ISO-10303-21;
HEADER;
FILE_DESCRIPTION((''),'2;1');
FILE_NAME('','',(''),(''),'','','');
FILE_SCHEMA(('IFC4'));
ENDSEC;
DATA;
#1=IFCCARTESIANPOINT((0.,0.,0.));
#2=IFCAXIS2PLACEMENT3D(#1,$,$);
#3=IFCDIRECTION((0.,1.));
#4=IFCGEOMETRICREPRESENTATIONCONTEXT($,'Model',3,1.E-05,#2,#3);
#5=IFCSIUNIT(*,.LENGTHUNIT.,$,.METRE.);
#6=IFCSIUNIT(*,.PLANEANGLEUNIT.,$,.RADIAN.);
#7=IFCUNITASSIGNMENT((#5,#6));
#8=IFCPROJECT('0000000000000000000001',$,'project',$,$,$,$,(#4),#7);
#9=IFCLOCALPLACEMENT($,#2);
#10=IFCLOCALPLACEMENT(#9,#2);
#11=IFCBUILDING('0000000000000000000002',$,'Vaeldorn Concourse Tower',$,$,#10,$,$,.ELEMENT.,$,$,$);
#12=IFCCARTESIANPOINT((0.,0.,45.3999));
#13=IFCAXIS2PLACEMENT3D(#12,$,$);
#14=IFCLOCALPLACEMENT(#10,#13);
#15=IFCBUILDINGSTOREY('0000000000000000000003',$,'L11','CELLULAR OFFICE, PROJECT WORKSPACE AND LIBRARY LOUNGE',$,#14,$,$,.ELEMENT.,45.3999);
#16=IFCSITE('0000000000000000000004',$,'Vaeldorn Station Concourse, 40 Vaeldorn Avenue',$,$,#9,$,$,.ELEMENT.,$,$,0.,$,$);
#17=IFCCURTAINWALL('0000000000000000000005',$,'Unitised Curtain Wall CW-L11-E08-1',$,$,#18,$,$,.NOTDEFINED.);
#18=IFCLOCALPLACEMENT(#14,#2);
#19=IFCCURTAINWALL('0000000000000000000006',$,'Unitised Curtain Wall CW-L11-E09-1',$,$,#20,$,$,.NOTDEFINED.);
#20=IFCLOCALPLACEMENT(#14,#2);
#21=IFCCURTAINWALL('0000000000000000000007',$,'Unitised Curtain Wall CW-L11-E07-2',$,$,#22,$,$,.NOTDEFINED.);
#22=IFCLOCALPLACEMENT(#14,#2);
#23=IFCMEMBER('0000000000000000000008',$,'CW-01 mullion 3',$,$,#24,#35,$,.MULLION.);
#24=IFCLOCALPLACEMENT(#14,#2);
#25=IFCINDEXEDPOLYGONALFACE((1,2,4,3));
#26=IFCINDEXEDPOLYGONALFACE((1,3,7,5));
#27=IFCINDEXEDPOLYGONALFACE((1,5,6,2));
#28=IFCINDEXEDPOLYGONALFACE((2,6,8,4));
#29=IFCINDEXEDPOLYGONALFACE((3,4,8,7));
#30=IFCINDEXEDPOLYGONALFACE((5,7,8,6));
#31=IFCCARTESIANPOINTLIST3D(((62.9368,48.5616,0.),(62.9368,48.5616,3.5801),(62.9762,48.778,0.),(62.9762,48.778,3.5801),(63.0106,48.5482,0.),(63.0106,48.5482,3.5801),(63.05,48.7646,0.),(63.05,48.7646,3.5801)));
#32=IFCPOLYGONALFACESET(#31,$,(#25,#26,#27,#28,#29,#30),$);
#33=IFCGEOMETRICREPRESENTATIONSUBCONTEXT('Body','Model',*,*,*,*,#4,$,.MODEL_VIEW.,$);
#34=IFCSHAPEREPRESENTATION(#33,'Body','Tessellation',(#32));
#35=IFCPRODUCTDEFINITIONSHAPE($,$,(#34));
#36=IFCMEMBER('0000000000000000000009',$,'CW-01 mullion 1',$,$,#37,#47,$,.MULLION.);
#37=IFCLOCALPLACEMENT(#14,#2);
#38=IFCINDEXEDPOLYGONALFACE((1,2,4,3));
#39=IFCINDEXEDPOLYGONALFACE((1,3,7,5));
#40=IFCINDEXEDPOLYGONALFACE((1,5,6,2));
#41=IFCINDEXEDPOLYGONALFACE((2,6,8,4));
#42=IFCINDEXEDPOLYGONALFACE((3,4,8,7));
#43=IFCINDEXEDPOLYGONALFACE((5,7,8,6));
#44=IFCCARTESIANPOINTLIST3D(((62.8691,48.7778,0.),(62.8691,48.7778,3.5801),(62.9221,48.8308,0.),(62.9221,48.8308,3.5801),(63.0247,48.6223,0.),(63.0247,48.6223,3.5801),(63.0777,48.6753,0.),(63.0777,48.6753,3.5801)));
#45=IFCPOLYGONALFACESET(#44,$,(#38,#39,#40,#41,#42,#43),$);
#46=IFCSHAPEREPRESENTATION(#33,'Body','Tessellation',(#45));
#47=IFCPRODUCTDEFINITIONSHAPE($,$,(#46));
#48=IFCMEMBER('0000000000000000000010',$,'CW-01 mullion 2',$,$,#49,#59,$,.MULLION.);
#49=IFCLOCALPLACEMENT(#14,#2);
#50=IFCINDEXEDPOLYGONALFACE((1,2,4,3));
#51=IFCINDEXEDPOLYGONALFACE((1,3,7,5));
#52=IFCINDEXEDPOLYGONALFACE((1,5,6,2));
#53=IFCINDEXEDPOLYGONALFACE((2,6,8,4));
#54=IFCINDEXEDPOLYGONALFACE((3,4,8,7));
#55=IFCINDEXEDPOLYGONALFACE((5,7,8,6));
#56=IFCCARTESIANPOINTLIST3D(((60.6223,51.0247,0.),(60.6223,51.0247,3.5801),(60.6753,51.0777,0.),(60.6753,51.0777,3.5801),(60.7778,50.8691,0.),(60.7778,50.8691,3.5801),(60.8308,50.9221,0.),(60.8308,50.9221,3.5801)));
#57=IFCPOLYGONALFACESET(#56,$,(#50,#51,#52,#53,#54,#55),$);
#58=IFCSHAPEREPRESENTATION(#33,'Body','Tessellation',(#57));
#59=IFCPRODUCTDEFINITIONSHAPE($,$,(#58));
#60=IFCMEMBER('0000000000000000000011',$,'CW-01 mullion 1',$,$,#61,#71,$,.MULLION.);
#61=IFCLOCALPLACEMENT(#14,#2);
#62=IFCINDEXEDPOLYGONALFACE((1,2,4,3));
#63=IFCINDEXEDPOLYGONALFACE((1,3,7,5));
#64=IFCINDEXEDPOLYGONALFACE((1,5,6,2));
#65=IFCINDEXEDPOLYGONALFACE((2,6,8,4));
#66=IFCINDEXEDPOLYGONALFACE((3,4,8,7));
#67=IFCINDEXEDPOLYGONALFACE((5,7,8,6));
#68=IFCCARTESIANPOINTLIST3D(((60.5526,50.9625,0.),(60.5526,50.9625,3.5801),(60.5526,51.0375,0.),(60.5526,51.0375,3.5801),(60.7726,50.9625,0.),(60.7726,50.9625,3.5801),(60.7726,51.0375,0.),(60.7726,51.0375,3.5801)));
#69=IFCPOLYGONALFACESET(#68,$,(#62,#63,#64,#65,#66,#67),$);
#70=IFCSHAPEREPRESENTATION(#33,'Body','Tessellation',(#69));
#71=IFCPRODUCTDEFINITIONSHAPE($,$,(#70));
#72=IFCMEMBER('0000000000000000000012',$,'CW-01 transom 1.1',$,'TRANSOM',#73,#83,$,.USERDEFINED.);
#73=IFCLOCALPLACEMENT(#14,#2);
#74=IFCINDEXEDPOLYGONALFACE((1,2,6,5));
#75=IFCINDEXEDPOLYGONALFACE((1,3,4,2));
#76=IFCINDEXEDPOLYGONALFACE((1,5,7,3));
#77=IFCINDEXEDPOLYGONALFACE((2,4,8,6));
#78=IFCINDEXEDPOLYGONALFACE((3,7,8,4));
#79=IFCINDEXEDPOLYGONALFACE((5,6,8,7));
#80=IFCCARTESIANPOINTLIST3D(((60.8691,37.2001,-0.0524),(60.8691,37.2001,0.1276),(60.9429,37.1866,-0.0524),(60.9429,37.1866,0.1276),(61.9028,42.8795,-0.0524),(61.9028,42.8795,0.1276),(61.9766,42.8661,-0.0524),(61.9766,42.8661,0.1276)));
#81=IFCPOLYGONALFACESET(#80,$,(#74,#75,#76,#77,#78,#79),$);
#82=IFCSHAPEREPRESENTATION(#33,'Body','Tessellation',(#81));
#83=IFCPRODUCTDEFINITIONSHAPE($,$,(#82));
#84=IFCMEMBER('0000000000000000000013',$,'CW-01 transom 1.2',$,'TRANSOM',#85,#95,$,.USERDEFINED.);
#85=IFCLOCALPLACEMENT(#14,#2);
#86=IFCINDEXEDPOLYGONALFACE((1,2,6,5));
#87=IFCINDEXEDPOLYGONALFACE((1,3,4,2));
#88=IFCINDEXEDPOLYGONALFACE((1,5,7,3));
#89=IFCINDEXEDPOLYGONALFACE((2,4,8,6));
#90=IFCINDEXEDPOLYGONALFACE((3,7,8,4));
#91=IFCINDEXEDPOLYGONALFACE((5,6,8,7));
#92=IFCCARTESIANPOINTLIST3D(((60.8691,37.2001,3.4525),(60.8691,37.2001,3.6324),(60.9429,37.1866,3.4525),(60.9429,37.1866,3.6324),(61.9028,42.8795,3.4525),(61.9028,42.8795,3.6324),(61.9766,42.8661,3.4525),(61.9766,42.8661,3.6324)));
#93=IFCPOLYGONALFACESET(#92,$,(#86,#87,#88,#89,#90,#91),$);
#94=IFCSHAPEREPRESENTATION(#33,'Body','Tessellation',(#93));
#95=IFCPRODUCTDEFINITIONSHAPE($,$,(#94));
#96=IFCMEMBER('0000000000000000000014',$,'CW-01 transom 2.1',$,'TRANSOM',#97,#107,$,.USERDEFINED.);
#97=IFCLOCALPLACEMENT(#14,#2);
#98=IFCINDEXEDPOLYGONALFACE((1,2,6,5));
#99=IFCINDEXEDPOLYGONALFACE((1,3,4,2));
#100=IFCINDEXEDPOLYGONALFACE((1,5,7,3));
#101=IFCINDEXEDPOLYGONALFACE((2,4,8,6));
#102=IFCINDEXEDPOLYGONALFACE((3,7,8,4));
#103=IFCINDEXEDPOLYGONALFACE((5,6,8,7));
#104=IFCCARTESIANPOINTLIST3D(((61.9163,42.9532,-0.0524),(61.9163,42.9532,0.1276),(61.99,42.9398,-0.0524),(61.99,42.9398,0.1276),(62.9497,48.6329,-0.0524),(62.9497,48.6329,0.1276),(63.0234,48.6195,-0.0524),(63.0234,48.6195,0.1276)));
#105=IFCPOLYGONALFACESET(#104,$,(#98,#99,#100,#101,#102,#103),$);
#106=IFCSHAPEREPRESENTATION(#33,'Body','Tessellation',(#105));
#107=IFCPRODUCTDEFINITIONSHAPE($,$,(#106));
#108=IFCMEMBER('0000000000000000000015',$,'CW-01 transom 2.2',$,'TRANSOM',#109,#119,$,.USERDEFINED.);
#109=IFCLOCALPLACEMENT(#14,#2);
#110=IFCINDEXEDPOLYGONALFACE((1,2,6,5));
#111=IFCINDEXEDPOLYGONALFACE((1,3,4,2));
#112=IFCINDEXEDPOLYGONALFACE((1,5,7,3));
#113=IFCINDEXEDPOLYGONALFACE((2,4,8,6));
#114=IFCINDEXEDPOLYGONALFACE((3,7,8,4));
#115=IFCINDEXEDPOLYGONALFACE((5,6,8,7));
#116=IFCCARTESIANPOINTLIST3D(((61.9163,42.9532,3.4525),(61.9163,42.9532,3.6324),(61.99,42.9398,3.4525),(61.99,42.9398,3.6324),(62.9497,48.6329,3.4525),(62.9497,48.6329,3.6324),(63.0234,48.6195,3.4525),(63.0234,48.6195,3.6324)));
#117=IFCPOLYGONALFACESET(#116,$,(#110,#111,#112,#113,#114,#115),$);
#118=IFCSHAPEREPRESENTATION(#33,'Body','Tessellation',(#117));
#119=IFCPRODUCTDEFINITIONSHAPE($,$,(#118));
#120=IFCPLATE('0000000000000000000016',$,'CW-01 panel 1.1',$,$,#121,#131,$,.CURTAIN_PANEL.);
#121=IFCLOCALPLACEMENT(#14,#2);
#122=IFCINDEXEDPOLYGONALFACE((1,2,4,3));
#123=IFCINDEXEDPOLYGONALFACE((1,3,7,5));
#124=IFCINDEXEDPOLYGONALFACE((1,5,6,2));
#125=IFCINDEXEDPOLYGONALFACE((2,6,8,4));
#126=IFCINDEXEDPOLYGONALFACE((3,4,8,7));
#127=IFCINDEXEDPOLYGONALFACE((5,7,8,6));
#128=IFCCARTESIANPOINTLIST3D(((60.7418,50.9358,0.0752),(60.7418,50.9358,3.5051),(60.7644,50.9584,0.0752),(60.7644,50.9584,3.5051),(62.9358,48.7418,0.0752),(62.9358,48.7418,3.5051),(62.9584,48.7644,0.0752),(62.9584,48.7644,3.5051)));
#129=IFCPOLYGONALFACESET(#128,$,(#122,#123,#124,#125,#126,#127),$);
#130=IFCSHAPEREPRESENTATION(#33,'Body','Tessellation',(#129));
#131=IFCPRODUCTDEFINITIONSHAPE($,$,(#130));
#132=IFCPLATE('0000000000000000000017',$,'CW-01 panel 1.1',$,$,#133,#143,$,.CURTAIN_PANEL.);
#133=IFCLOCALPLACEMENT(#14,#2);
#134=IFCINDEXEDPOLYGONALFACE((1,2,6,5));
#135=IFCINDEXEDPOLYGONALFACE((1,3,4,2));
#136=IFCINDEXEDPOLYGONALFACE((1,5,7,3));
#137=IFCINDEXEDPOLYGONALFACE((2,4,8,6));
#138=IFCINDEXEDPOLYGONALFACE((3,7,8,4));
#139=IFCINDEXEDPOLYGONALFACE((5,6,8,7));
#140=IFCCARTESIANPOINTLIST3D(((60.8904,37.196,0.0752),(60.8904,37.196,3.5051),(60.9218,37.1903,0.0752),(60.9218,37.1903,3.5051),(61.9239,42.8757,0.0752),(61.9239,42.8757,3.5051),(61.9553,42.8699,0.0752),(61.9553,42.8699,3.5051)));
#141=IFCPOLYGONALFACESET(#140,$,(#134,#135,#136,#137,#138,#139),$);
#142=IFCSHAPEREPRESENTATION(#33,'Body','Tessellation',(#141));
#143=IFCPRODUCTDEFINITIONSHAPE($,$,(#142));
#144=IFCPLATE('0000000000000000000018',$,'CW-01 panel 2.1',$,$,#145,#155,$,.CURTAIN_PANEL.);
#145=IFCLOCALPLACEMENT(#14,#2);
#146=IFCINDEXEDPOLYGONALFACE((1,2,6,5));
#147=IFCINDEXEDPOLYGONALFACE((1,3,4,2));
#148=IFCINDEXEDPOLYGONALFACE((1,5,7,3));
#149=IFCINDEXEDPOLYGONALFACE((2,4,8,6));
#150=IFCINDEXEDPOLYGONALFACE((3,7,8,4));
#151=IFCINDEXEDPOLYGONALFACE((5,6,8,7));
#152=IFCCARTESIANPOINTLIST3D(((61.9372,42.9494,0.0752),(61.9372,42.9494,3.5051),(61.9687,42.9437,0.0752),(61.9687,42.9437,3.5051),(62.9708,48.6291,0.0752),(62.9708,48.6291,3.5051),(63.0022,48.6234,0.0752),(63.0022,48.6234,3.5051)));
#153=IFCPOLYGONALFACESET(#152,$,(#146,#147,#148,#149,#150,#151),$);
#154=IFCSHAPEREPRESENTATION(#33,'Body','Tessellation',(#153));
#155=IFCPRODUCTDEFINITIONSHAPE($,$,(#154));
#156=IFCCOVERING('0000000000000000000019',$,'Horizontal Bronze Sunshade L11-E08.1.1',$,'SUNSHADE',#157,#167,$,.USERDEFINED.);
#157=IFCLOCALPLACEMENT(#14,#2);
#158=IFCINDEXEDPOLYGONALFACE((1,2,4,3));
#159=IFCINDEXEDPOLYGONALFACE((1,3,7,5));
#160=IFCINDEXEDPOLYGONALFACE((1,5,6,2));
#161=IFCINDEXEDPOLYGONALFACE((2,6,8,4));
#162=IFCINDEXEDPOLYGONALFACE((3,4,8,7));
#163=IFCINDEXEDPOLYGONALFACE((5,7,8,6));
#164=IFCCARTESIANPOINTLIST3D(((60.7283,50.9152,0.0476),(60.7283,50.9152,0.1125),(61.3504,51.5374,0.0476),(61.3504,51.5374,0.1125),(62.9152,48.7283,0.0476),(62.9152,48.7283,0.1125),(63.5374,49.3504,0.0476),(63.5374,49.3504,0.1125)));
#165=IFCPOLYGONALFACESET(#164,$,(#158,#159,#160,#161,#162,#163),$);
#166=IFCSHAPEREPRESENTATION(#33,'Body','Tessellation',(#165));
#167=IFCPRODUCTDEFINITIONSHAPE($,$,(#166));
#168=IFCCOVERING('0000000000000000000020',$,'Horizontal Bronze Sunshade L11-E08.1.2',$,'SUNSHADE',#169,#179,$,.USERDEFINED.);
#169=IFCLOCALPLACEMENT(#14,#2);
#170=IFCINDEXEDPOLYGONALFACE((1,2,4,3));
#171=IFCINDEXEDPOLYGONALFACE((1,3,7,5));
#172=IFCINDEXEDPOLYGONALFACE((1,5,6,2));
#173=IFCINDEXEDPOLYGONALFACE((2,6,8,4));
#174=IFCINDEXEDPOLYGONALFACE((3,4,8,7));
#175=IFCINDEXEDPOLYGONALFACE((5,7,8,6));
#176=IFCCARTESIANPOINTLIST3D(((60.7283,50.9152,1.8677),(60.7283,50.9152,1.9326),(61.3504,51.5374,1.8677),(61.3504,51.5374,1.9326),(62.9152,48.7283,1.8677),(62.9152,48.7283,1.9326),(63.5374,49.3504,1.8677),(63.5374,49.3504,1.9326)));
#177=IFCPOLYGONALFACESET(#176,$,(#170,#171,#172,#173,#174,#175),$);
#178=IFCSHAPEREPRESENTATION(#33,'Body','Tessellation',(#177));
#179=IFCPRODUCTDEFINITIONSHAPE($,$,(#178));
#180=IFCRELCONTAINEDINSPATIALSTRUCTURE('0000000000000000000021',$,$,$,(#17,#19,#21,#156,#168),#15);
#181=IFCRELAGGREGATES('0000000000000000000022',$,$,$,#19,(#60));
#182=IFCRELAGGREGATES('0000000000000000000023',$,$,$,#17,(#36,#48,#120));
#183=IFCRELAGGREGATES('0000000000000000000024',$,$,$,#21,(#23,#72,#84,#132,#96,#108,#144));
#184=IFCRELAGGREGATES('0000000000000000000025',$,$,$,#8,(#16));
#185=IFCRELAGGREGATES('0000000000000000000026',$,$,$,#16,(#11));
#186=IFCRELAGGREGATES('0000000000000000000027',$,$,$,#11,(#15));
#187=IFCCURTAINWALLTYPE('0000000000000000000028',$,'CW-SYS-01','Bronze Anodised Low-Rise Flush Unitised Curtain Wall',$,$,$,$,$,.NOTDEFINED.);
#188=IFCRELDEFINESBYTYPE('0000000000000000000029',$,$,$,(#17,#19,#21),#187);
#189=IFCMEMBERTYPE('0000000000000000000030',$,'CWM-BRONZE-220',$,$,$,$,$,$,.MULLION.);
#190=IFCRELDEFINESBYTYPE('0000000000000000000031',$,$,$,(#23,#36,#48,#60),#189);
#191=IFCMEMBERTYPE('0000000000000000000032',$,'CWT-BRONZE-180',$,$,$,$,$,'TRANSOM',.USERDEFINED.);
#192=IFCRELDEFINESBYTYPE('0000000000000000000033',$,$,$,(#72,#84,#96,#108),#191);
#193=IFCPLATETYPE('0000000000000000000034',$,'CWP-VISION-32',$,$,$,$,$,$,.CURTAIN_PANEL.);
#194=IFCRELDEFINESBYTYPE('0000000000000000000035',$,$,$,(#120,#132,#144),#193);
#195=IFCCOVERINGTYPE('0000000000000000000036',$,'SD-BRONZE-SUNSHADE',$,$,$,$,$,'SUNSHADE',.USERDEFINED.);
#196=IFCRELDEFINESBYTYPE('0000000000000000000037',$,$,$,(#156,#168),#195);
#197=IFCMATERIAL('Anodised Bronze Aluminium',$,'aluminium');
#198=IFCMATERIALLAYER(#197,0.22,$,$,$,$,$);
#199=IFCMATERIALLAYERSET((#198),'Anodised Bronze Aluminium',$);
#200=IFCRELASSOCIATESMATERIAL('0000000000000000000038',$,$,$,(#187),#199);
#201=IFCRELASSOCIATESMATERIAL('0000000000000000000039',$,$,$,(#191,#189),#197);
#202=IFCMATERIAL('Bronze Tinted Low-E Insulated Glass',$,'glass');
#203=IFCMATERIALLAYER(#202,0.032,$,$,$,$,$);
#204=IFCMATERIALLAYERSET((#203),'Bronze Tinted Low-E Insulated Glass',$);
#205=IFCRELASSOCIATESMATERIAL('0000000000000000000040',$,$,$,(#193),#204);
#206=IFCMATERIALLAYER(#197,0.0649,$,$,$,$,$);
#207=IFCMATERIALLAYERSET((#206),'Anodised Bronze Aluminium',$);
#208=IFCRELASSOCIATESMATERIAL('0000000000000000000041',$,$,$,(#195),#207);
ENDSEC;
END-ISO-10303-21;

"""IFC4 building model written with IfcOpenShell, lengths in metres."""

from ifc_helpers import new_model, si_unit, direction, frame, origin, origin_2d, place, context, subcontext, project, spatial, rectangle, extrude, source, transform, mapped, material, layer, layer_set, material_profile, profile_set, type_object, element, aggregate, save


model = new_model("IFC4")

# Units and contexts
model_context = context("Model", 3, precision=1e-05, world=origin(), true_north=direction((0.0, 1.0)))
body_context = subcontext(model_context, "Body", "Model", "MODEL_VIEW")
ifc_project = project(units=[si_unit("LENGTHUNIT", "METRE"), si_unit("PLANEANGLEUNIT", "RADIAN")], contexts=[model_context])

# Site, building, storey
site_placement = place(None, origin())
site = spatial("IfcSite", under=ifc_project, at=site_placement, Name="Vaeldorn Station Concourse, 40 Vaeldorn Avenue", CompositionType="ELEMENT", RefElevation=0.0)
building_placement = place(site_placement, origin())
building = spatial("IfcBuilding", under=site, at=building_placement, Name="Vaeldorn Concourse Tower", CompositionType="ELEMENT")
storey_placement = place(building_placement, frame((0.0, 0.0, 45.3999)))
storey = spatial("IfcBuildingStorey", under=building, at=storey_placement, Name="L11", Description="CELLULAR OFFICE, PROJECT WORKSPACE AND LIBRARY LOUNGE", CompositionType="ELEMENT", Elevation=45.3999)

# Curtain walls, member
ifc_material_1 = material(Name="Anodised Bronze Aluminium", Category="aluminium")
ifc_layer_1 = layer(ifc_material_1, 0.22)
ifc_layer_set_1 = layer_set([ifc_layer_1], Name="Anodised Bronze Aluminium")
curtain_wall_type = type_object("IfcCurtainWallType", Name="CW-SYS-01", Description="Bronze Anodised Low-Rise Flush Unitised Curtain Wall", PredefinedType="NOTDEFINED", material=ifc_layer_set_1)
curtain_wall_1_placement = place(storey_placement, origin())
curtain_wall_1 = element("IfcCurtainWall", 1, at=curtain_wall_1_placement, inside=storey, type_object=curtain_wall_type, Name="Unitised Curtain Wall CW-L11-E08-1", PredefinedType="NOTDEFINED")
ifc_material_profile_1 = material_profile(ifc_material_1, rectangle(XDim=0.075, YDim=0.1799, at=origin_2d()), Name="CWT 75x180")
ifc_profile_set_1 = profile_set([ifc_material_profile_1], Name="Anodised Bronze Aluminium")
member_type_1 = type_object("IfcMemberType", Name="CWT-BRONZE-180", ElementType="TRANSOM", PredefinedType="USERDEFINED", material=ifc_profile_set_1)
curtain_wall_2_placement = place(storey_placement, origin())
curtain_wall_2 = element("IfcCurtainWall", 2, at=curtain_wall_2_placement, inside=storey, type_object=curtain_wall_type, Name="Unitised Curtain Wall CW-L11-E09-1", PredefinedType="NOTDEFINED")
curtain_wall_3_placement = place(storey_placement, origin())
curtain_wall_3 = element("IfcCurtainWall", 3, at=curtain_wall_3_placement, inside=storey, type_object=curtain_wall_type, Name="Unitised Curtain Wall CW-L11-E07-2", PredefinedType="NOTDEFINED")
ifc_material_profile_2 = material_profile(ifc_material_1, rectangle(XDim=0.075, YDim=0.22, at=origin_2d()), Name="CWM 75x220")
ifc_profile_set_2 = profile_set([ifc_material_profile_2], Name="Anodised Bronze Aluminium")
member_type_2 = type_object("IfcMemberType", Name="CWM-BRONZE-220", PredefinedType="MULLION", material=ifc_profile_set_2)
shared_shape_1 = source(origin(), body_context, "Body", "SweptSolid", [
    extrude(rectangle(XDim=0.075, YDim=0.22, at=origin_2d()), origin(), (0.0, 0.0, 1.0), 3.5801),
])
member_1_placement = place(storey_placement, frame((62.9934, 48.6631, 0.0), z_axis=(0.0, 0.0, 1.0), x_axis=(-0.983844, 0.17903, 0.0)))
member_1 = element("IfcMember", 4, at=member_1_placement, type_object=member_type_2, Name="CW-01 mullion 3", PredefinedType="MULLION", context=body_context, shape_type="MappedRepresentation", body=[
    mapped(shared_shape_1, transform((0.0, 0.0, 0.0), scale=1.0)),
])

# Members
member_2_placement = place(storey_placement, frame((62.9734, 48.7266, 0.0), z_axis=(0.0, 0.0, 1.0), x_axis=(-0.707107, -0.707107, 0.0)))
member_2 = element("IfcMember", 5, at=member_2_placement, type_object=member_type_2, Name="CW-01 mullion 1", PredefinedType="MULLION", context=body_context, shape_type="MappedRepresentation", body=[
    mapped(shared_shape_1, transform((0.0, 0.0, 0.0), scale=1.0)),
])
member_3_placement = place(storey_placement, frame((60.7266, 50.9734, 0.0), z_axis=(0.0, 0.0, 1.0), x_axis=(-0.707107, -0.707107, 0.0)))
member_3 = element("IfcMember", 6, at=member_3_placement, type_object=member_type_2, Name="CW-01 mullion 2", PredefinedType="MULLION", context=body_context, shape_type="MappedRepresentation", body=[
    mapped(shared_shape_1, transform((0.0, 0.0, 0.0), scale=1.0)),
])
member_4_placement = place(storey_placement, frame((60.6626, 51.0, 0.0), z_axis=(0.0, 0.0, 1.0), x_axis=(0.0, -1.0, 0.0)))
member_4 = element("IfcMember", 7, at=member_4_placement, type_object=member_type_2, Name="CW-01 mullion 1", PredefinedType="MULLION", context=body_context, shape_type="MappedRepresentation", body=[
    mapped(shared_shape_1, transform((0.0, 0.0, 0.0), scale=1.0)),
])
aggregate(curtain_wall_2, [member_4])
shared_shape_2 = source(origin(), body_context, "Body", "SweptSolid", [
    extrude(rectangle(XDim=0.075, YDim=0.1799, at=origin_2d()), origin(), (0.0, 0.0, 1.0), 5.7727),
])
member_5_placement = place(storey_placement, frame((60.906, 37.1934, 0.0376), z_axis=(0.179064, 0.983837, 0.0), x_axis=(-0.983837, 0.179064, 0.0)))
member_5 = element("IfcMember", 8, at=member_5_placement, type_object=member_type_1, Name="CW-01 transom 1.1", ObjectType="TRANSOM", PredefinedType="USERDEFINED", context=body_context, shape_type="MappedRepresentation", body=[
    mapped(shared_shape_2, transform((0.0, 0.0, 0.0), scale=1.0)),
])
member_6_placement = place(storey_placement, frame((60.906, 37.1934, 3.5425), z_axis=(0.179064, 0.983837, 0.0), x_axis=(-0.983837, 0.179064, 0.0)))
member_6 = element("IfcMember", 9, at=member_6_placement, type_object=member_type_1, Name="CW-01 transom 1.2", ObjectType="TRANSOM", PredefinedType="USERDEFINED", context=body_context, shape_type="MappedRepresentation", body=[
    mapped(shared_shape_2, transform((0.0, 0.0, 0.0), scale=1.0)),
])
shared_shape_3 = source(origin(), body_context, "Body", "SweptSolid", [
    extrude(rectangle(XDim=0.075, YDim=0.1799, at=origin_2d()), origin(), (0.0, 0.0, 1.0), 5.7729),
])
member_7_placement = place(storey_placement, frame((61.9531, 42.9465, 0.0376), z_axis=(0.179016, 0.983846, 0.0), x_axis=(-0.983846, 0.179016, 0.0)))
member_7 = element("IfcMember", 10, at=member_7_placement, type_object=member_type_1, Name="CW-01 transom 2.1", ObjectType="TRANSOM", PredefinedType="USERDEFINED", context=body_context, shape_type="MappedRepresentation", body=[
    mapped(shared_shape_3, transform((0.0, 0.0, 0.0), scale=1.0)),
])
member_8_placement = place(storey_placement, frame((61.9531, 42.9465, 3.5425), z_axis=(0.179016, 0.983846, 0.0), x_axis=(-0.983846, 0.179016, 0.0)))
member_8 = element("IfcMember", 11, at=member_8_placement, type_object=member_type_1, Name="CW-01 transom 2.2", ObjectType="TRANSOM", PredefinedType="USERDEFINED", context=body_context, shape_type="MappedRepresentation", body=[
    mapped(shared_shape_3, transform((0.0, 0.0, 0.0), scale=1.0)),
])

# Plates
ifc_material_2 = material(Name="Bronze Tinted Low-E Insulated Glass", Category="glass")
ifc_layer_2 = layer(ifc_material_2, 0.032)
ifc_layer_set_2 = layer_set([ifc_layer_2], Name="Bronze Tinted Low-E Insulated Glass")
plate_type = type_object("IfcPlateType", Name="CWP-VISION-32", PredefinedType="CURTAIN_PANEL", material=ifc_layer_set_2)
shared_shape_4 = source(origin(), body_context, "Body", "SweptSolid", [
    extrude(rectangle(XDim=3.1028, YDim=0.032, at=origin_2d()), origin(), (0.0, 0.0, 1.0), 3.4299),
])
plate_1_placement = place(storey_placement, frame((61.8501, 49.8501, 0.0752), z_axis=(0.0, 0.0, 1.0), x_axis=(-0.707107, 0.707107, 0.0)))
plate_1 = element("IfcPlate", 12, at=plate_1_placement, type_object=plate_type, Name="CW-01 panel 1.1", PredefinedType="CURTAIN_PANEL", context=body_context, shape_type="MappedRepresentation", body=[
    mapped(shared_shape_4, transform((0.0, 0.0, 0.0), scale=1.0)),
])
aggregate(curtain_wall_1, [member_2, member_3, plate_1])
shared_shape_5 = source(origin(), body_context, "Body", "SweptSolid", [
    extrude(rectangle(XDim=5.7729, YDim=0.032, at=origin_2d()), origin(), (0.0, 0.0, 1.0), 3.4299),
])
plate_2_placement = place(storey_placement, frame((61.4229, 40.033, 0.0752), z_axis=(0.0, 0.0, 1.0), x_axis=(0.17903, 0.983844, 0.0)))
plate_2 = element("IfcPlate", 13, at=plate_2_placement, type_object=plate_type, Name="CW-01 panel 1.1", PredefinedType="CURTAIN_PANEL", context=body_context, shape_type="MappedRepresentation", body=[
    mapped(shared_shape_5, transform((0.0, 0.0, 0.0), scale=1.0)),
])
plate_3_placement = place(storey_placement, frame((62.4697, 45.7864, 0.0752), z_axis=(0.0, 0.0, 1.0), x_axis=(0.17903, 0.983844, 0.0)))
plate_3 = element("IfcPlate", 14, at=plate_3_placement, type_object=plate_type, Name="CW-01 panel 2.1", PredefinedType="CURTAIN_PANEL", context=body_context, shape_type="MappedRepresentation", body=[
    mapped(shared_shape_5, transform((0.0, 0.0, 0.0), scale=1.0)),
])
aggregate(curtain_wall_3, [member_1, member_5, member_6, plate_2, member_7, member_8, plate_3])

# Coverings
ifc_layer_3 = layer(ifc_material_1, 0.0649)
ifc_layer_set_3 = layer_set([ifc_layer_3], Name="Anodised Bronze Aluminium")
covering_type = type_object("IfcCoveringType", Name="SD-BRONZE-SUNSHADE", ElementType="SUNSHADE", PredefinedType="USERDEFINED", material=ifc_layer_set_3)
shared_shape_6 = source(origin(), body_context, "Body", "SweptSolid", [
    extrude(rectangle(XDim=3.0928, YDim=0.8799, at=origin_2d()), origin(), (0.0, 0.0, 1.0), 0.0649),
])
for number, where, z_axis, x_axis, name in (
    (15, (62.1328, 50.1328, 0.0476), (0.0, 0.0, 1.0), (-0.707107, 0.707107, 0.0), "Horizontal Bronze Sunshade L11-E08.1.1"),
    (16, (62.1328, 50.1328, 1.8677), (0.0, 0.0, 1.0), (-0.707107, 0.707107, 0.0), "Horizontal Bronze Sunshade L11-E08.1.2"),
):
    element("IfcCovering", number, at=place(storey_placement, frame(where, z_axis=z_axis, x_axis=x_axis)), inside=storey, type_object=covering_type, Name=name, ObjectType="SUNSHADE", PredefinedType="USERDEFINED", context=body_context, shape_type="MappedRepresentation", body=[
        mapped(shared_shape_6, transform((0.0, 0.0, 0.0), scale=1.0)),
    ])

save(model, "model.ifc")
